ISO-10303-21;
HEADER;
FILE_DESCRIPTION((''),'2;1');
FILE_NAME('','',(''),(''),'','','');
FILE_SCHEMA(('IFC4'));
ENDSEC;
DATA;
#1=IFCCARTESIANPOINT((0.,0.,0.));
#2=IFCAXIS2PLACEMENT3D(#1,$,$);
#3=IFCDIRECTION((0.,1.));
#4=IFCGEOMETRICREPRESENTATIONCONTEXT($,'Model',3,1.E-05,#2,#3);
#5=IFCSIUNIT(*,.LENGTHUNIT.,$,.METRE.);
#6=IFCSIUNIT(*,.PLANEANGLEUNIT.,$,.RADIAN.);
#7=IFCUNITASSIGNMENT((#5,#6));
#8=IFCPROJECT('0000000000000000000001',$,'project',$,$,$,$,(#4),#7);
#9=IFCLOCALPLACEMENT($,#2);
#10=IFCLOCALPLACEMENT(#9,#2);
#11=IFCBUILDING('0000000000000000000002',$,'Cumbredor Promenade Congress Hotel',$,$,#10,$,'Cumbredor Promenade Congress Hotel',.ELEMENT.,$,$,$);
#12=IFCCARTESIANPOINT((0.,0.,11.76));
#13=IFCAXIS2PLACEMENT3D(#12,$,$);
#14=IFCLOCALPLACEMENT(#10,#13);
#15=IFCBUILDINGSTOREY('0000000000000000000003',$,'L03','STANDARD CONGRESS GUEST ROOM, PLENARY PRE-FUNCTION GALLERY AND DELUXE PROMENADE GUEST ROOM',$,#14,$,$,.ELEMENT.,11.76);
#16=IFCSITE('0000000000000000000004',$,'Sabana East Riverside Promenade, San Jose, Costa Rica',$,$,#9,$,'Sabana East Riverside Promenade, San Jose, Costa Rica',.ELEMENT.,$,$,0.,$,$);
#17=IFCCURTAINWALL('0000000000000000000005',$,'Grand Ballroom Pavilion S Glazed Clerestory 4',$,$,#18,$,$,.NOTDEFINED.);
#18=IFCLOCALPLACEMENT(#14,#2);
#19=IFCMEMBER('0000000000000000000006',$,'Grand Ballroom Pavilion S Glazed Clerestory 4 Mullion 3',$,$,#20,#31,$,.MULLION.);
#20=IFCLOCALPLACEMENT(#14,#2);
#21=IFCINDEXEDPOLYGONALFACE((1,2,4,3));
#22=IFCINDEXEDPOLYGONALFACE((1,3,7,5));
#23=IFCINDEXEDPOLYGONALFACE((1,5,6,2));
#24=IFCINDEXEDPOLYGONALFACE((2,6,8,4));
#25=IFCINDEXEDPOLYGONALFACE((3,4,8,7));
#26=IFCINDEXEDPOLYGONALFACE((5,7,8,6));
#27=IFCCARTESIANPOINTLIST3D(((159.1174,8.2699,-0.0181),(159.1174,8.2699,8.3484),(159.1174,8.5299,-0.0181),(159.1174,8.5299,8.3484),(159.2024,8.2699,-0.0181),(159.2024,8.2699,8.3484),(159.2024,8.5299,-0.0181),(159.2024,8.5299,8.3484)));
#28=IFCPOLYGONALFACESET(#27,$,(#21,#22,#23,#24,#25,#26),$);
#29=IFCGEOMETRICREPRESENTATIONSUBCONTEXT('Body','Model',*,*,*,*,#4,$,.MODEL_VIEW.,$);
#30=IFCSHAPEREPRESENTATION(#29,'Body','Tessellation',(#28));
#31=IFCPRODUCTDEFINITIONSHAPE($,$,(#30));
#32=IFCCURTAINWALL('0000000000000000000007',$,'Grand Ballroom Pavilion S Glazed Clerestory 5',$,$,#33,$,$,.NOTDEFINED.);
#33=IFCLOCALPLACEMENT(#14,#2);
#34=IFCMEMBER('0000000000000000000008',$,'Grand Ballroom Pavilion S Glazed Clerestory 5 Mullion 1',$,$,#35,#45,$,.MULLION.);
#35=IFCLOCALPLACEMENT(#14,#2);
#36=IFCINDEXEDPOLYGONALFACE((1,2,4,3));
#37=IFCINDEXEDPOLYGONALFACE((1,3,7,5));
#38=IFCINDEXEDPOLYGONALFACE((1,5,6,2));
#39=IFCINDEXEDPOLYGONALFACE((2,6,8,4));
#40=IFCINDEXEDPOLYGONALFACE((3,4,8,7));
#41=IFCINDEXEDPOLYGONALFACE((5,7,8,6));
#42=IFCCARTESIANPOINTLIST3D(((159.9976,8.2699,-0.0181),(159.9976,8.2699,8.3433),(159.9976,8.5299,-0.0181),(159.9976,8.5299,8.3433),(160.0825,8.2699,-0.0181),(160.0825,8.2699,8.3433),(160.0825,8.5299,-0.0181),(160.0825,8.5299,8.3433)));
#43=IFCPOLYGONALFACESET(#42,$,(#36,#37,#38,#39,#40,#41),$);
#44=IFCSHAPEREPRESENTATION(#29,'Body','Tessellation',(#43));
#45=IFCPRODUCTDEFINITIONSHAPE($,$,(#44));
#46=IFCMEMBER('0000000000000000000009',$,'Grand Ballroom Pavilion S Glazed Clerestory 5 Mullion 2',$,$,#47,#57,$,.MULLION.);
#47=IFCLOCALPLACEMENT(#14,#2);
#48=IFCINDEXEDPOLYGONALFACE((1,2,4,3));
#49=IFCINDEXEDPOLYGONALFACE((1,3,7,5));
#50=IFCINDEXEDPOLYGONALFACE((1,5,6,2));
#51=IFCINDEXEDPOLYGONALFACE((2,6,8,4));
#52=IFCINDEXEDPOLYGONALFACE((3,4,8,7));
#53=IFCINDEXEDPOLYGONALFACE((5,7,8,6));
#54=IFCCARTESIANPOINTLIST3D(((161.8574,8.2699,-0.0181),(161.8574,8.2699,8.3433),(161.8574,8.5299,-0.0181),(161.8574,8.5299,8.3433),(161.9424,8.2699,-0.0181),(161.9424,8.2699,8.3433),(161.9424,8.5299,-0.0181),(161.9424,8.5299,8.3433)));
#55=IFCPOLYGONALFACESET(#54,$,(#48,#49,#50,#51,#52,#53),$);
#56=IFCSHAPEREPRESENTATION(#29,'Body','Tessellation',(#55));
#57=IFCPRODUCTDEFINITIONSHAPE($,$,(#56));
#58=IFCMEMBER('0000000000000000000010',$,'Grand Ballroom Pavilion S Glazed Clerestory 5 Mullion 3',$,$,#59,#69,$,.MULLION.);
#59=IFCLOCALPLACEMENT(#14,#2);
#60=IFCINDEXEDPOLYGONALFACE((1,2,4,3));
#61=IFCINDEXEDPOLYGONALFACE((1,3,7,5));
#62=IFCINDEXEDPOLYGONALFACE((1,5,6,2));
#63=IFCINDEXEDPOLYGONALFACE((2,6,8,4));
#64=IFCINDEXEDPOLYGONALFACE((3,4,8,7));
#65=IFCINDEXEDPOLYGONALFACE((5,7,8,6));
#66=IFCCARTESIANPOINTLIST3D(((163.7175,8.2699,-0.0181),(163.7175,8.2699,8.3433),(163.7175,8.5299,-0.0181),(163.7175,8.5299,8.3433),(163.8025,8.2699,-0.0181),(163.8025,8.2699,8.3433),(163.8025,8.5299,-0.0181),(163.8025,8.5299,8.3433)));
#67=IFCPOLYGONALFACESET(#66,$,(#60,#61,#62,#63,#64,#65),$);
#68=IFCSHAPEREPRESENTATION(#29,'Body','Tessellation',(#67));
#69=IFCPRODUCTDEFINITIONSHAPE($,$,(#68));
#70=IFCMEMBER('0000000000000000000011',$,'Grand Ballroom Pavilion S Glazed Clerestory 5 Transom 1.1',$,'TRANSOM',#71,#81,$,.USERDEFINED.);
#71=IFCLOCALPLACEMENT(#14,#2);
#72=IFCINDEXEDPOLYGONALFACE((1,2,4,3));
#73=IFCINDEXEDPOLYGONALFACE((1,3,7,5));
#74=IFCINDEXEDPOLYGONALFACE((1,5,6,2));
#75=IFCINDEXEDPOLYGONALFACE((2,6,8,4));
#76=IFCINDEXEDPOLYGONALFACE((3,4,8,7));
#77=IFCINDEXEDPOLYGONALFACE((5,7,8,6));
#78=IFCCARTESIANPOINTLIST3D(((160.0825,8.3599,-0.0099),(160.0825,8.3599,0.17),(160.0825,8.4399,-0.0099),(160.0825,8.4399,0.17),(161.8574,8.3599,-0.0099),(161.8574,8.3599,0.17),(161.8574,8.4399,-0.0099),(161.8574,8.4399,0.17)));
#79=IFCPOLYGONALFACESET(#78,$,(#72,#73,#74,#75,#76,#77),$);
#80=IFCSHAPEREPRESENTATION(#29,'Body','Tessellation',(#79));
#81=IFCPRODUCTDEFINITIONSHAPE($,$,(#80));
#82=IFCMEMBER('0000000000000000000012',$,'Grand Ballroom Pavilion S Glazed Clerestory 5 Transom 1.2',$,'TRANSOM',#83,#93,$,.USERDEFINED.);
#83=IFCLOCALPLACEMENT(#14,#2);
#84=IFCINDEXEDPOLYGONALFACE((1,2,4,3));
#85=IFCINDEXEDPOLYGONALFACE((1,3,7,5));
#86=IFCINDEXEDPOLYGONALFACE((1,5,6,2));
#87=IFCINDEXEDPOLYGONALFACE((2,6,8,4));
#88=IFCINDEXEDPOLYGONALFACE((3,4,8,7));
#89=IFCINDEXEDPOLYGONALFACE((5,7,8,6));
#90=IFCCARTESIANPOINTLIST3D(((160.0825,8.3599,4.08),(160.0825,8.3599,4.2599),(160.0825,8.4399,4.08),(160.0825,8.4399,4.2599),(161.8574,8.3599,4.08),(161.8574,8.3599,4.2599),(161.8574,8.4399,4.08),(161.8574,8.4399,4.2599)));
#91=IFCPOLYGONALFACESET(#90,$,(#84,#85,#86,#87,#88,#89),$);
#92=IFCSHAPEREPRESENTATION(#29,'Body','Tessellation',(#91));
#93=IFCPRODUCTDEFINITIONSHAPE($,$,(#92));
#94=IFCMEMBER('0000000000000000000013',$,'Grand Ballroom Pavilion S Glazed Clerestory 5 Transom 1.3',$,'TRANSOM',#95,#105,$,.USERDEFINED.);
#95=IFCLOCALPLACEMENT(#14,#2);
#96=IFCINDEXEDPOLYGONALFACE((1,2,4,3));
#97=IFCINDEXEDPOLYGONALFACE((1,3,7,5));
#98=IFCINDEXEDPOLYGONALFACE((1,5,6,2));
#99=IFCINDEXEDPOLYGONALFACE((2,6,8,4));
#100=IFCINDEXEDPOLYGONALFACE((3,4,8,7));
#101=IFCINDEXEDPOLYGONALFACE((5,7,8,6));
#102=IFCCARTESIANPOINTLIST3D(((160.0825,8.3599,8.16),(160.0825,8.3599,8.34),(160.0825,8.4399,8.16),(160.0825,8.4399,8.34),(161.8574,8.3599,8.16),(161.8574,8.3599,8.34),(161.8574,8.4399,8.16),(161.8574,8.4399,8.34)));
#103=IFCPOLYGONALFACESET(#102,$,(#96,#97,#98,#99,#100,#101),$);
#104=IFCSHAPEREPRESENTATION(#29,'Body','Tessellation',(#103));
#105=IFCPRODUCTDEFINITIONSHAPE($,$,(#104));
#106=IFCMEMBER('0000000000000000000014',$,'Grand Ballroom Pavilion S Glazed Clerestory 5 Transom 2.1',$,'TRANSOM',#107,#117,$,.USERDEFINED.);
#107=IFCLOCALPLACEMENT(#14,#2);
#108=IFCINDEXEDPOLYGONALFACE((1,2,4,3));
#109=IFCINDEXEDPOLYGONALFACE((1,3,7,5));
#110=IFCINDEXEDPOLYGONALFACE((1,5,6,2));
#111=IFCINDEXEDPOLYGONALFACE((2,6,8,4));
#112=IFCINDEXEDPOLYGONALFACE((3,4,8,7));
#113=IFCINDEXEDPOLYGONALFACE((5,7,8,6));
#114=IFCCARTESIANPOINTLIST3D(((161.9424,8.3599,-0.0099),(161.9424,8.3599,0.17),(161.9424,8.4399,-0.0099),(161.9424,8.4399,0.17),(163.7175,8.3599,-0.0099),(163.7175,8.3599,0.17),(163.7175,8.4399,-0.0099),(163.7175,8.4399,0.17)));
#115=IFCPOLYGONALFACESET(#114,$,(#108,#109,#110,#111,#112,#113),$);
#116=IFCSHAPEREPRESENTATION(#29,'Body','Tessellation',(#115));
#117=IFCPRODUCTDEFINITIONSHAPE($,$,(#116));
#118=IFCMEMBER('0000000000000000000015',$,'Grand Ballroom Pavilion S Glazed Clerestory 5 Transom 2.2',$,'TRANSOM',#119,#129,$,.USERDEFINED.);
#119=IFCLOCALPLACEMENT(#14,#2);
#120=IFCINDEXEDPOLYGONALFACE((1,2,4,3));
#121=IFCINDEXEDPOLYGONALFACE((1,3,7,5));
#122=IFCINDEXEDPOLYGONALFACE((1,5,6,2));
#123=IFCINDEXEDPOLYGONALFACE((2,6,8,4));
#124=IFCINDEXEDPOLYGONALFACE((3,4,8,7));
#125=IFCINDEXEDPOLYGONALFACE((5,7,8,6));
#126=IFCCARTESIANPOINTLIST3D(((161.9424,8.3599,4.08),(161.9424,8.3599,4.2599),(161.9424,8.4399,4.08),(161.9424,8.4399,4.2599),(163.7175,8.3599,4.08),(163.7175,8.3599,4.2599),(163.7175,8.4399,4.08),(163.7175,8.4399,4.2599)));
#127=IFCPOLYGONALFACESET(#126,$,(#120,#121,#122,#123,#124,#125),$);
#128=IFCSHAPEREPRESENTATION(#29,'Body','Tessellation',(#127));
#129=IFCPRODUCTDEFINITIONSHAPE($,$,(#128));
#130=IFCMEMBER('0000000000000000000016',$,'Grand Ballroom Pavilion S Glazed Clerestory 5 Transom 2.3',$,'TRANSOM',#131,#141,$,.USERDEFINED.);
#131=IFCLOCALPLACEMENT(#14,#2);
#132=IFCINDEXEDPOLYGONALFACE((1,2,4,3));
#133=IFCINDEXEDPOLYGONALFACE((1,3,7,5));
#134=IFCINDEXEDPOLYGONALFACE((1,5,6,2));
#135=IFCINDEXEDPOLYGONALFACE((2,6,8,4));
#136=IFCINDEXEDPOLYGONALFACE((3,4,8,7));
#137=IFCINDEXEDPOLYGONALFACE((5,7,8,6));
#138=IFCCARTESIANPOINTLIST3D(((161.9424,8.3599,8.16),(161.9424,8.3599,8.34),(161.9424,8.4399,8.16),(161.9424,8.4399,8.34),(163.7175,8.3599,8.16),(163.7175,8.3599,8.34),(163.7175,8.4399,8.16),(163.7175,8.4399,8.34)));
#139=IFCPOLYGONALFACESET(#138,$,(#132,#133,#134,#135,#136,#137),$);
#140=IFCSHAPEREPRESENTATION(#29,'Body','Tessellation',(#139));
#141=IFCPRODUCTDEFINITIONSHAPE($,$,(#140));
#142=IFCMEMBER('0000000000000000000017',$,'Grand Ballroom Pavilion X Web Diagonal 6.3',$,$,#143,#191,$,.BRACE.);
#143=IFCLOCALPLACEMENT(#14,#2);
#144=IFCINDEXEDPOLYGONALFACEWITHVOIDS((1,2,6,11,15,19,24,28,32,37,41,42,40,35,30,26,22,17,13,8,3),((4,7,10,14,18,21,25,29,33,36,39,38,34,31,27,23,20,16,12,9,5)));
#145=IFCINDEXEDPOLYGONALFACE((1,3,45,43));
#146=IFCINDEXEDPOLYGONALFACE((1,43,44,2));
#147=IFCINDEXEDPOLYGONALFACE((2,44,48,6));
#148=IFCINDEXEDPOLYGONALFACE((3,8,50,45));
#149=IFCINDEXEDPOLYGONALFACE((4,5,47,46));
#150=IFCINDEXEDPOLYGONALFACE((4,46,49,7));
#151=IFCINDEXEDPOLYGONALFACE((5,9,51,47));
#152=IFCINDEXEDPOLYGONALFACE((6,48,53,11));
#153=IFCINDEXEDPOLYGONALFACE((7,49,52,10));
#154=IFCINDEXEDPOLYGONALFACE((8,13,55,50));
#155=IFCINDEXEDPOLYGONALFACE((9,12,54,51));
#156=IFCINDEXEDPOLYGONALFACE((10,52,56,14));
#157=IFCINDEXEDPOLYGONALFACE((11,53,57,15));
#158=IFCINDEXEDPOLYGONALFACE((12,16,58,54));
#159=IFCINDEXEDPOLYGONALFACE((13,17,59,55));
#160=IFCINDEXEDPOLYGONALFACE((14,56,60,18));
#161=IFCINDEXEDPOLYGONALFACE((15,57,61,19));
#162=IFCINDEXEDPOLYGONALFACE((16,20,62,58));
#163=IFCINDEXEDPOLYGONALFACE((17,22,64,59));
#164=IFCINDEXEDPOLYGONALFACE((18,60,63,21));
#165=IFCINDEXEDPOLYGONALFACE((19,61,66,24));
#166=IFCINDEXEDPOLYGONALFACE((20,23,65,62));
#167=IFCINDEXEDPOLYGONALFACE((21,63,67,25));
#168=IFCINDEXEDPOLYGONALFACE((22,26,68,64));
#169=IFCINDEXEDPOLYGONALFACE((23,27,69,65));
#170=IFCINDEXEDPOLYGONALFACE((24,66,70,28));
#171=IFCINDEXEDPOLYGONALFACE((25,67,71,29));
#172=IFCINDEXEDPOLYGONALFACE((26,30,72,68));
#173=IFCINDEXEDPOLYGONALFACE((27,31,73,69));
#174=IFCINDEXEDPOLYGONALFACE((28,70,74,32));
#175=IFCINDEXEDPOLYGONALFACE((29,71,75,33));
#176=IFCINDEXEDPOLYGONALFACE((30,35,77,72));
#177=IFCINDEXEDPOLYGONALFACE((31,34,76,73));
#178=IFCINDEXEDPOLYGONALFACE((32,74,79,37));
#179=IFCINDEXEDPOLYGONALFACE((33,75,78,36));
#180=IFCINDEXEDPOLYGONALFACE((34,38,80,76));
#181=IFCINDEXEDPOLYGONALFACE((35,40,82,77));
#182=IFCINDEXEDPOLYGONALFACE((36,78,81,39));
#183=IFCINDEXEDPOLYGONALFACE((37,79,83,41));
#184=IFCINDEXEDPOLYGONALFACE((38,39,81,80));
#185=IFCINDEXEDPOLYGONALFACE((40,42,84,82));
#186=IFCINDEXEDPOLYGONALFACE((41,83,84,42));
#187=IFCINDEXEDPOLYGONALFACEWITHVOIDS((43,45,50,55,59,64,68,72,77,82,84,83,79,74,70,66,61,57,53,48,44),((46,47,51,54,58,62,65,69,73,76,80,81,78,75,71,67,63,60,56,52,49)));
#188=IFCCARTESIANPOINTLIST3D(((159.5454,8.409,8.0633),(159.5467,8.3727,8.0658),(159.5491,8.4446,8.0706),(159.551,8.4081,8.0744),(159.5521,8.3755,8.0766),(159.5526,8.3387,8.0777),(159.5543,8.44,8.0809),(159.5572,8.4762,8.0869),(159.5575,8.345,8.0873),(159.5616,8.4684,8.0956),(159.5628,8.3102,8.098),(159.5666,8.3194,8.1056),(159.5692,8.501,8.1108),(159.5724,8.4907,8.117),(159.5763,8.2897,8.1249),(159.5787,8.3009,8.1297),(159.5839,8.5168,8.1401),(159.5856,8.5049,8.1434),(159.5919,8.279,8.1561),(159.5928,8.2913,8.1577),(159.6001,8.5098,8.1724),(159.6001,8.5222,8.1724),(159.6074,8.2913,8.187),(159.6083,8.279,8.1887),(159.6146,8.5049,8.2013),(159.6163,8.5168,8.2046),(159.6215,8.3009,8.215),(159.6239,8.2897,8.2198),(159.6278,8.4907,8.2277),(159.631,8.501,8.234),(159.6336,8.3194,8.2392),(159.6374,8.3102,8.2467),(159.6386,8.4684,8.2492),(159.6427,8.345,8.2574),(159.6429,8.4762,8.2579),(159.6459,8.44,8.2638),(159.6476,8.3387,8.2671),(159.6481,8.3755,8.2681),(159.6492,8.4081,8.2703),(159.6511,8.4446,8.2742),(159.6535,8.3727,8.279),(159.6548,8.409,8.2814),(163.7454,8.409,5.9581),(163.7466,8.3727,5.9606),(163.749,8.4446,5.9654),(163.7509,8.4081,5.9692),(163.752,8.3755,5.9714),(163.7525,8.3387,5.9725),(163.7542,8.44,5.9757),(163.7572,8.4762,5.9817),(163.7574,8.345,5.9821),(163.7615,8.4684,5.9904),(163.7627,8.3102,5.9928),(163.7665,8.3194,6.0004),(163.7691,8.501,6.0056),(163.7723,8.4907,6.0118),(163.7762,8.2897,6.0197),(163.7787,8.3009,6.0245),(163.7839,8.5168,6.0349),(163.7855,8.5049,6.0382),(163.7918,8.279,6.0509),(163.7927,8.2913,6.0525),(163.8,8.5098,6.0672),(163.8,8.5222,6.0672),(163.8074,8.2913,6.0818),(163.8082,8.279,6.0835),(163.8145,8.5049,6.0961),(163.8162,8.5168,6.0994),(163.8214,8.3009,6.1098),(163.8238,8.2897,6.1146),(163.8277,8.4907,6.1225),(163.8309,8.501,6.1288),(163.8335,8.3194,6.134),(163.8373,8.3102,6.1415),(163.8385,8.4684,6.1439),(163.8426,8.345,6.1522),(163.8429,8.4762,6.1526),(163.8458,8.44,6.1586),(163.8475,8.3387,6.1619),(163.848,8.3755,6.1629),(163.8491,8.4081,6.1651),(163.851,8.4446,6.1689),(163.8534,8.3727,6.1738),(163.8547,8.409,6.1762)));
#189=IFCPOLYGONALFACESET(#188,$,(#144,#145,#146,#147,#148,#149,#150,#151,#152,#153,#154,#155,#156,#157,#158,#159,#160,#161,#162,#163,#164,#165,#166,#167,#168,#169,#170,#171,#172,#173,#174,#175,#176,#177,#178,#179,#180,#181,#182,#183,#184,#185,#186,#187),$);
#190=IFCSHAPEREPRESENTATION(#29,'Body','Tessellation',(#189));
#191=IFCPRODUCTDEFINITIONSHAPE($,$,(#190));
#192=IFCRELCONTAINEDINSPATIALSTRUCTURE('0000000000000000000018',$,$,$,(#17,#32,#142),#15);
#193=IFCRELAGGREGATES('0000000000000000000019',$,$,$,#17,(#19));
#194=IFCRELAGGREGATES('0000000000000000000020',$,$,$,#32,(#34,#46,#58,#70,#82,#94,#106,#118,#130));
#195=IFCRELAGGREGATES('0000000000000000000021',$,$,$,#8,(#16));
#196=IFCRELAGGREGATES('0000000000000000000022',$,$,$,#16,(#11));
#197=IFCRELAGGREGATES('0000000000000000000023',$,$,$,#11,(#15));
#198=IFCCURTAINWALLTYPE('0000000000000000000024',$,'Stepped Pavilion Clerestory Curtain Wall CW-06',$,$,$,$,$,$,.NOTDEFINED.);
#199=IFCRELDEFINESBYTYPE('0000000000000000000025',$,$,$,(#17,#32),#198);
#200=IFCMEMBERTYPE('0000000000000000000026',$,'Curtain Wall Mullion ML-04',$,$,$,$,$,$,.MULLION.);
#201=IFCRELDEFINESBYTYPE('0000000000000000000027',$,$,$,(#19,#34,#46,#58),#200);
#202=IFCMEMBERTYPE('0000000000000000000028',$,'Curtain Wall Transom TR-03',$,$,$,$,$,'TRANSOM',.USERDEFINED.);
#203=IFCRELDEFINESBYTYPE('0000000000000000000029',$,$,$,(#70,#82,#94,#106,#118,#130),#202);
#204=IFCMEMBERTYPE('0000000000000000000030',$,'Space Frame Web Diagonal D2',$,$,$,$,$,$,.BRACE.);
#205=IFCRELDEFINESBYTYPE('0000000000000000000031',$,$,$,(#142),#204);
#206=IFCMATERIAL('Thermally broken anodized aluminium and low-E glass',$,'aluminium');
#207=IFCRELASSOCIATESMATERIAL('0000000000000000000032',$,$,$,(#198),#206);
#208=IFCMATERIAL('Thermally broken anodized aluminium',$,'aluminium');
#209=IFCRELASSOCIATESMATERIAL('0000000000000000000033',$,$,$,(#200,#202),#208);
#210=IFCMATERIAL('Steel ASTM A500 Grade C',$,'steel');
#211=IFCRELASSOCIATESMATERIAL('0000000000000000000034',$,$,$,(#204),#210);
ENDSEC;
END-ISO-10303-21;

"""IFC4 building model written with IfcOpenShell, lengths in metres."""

from ifc_helpers import new_model, si_unit, direction, frame, origin, origin_2d, place, context, subcontext, project, spatial, rectangle, hollow_circle, extrude, material, material_profile, profile_set, type_object, element, aggregate, save


model = new_model("IFC4")

# Units and contexts
model_context = context("Model", 3, precision=1e-05, world=origin(), true_north=direction((0.0, 1.0)))
body_context = subcontext(model_context, "Body", "Model", "MODEL_VIEW")
ifc_project = project(units=[si_unit("LENGTHUNIT", "METRE"), si_unit("PLANEANGLEUNIT", "RADIAN")], contexts=[model_context])

# Site, building, storey
site_placement = place(None, origin())
site = spatial("IfcSite", under=ifc_project, at=site_placement, Name="Sabana East Riverside Promenade, San Jose, Costa Rica", LongName="Sabana East Riverside Promenade, San Jose, Costa Rica", CompositionType="ELEMENT", RefElevation=0.0)
building_placement = place(site_placement, origin())
building = spatial("IfcBuilding", under=site, at=building_placement, Name="Cumbredor Promenade Congress Hotel", LongName="Cumbredor Promenade Congress Hotel", CompositionType="ELEMENT")
storey_placement = place(building_placement, frame((0.0, 0.0, 11.76)))
storey = spatial("IfcBuildingStorey", under=building, at=storey_placement, Name="L03", Description="STANDARD CONGRESS GUEST ROOM, PLENARY PRE-FUNCTION GALLERY AND DELUXE PROMENADE GUEST ROOM", CompositionType="ELEMENT", Elevation=11.76)

# Shared definitions
ifc_material_1 = material(Name="Steel ASTM A500 Grade C", Category="steel")

# Curtain wall, member
ifc_material_2 = material(Name="Thermally broken anodized aluminium and low-E glass", Category="aluminium")
curtain_wall_type = type_object("IfcCurtainWallType", Name="Stepped Pavilion Clerestory Curtain Wall CW-06", PredefinedType="NOTDEFINED", material=ifc_material_2)
curtain_wall_1_placement = place(storey_placement, origin())
curtain_wall_1 = element("IfcCurtainWall", 1, at=curtain_wall_1_placement, inside=storey, type_object=curtain_wall_type, Name="Grand Ballroom Pavilion S Glazed Clerestory 4", PredefinedType="NOTDEFINED")
ifc_material_3 = material(Name="Thermally broken anodized aluminium", Category="aluminium")
ifc_material_profile_1 = material_profile(ifc_material_3, rectangle(XDim=0.085, YDim=0.26, at=origin_2d()), Name="ALU MULLION CLERESTORY 85x260")
ifc_profile_set_1 = profile_set([ifc_material_profile_1], Name="Thermally broken anodized aluminium")
member_type_1 = type_object("IfcMemberType", Name="Curtain Wall Mullion ML-04", PredefinedType="MULLION", material=ifc_profile_set_1)
member_1_placement = place(storey_placement, frame((159.1599, 8.3999, -0.0181), z_axis=(0.0, 0.0, 1.0), x_axis=(1.0, 0.0, 0.0)))
member_1 = element("IfcMember", 2, at=member_1_placement, type_object=member_type_1, Name="Grand Ballroom Pavilion S Glazed Clerestory 4 Mullion 3", PredefinedType="MULLION", context=body_context, shape_type="SweptSolid", body=[
    extrude(rectangle(XDim=0.085, YDim=0.26, at=origin_2d()), origin(), (0.0, 0.0, 1.0), 8.3665),
])
aggregate(curtain_wall_1, [member_1])

# Curtain wall, members
curtain_wall_2_placement = place(storey_placement, origin())
curtain_wall_2 = element("IfcCurtainWall", 3, at=curtain_wall_2_placement, inside=storey, type_object=curtain_wall_type, Name="Grand Ballroom Pavilion S Glazed Clerestory 5", PredefinedType="NOTDEFINED")
member_2_placement = place(storey_placement, frame((160.04, 8.3999, -0.0181), z_axis=(0.0, 0.0, 1.0), x_axis=(1.0, 0.0, 0.0)))
member_2 = element("IfcMember", 4, at=member_2_placement, type_object=member_type_1, Name="Grand Ballroom Pavilion S Glazed Clerestory 5 Mullion 1", PredefinedType="MULLION", context=body_context, shape_type="SweptSolid", body=[
    extrude(rectangle(XDim=0.085, YDim=0.26, at=origin_2d()), origin(), (0.0, 0.0, 1.0), 8.3613),
])
member_3_placement = place(storey_placement, frame((161.8999, 8.3999, -0.0181), z_axis=(0.0, 0.0, 1.0), x_axis=(1.0, 0.0, 0.0)))
member_3 = element("IfcMember", 5, at=member_3_placement, type_object=member_type_1, Name="Grand Ballroom Pavilion S Glazed Clerestory 5 Mullion 2", PredefinedType="MULLION", context=body_context, shape_type="SweptSolid", body=[
    extrude(rectangle(XDim=0.085, YDim=0.26, at=origin_2d()), origin(), (0.0, 0.0, 1.0), 8.3613),
])
member_4_placement = place(storey_placement, frame((163.76, 8.3999, -0.0181), z_axis=(0.0, 0.0, 1.0), x_axis=(1.0, 0.0, 0.0)))
member_4 = element("IfcMember", 6, at=member_4_placement, type_object=member_type_1, Name="Grand Ballroom Pavilion S Glazed Clerestory 5 Mullion 3", PredefinedType="MULLION", context=body_context, shape_type="SweptSolid", body=[
    extrude(rectangle(XDim=0.085, YDim=0.26, at=origin_2d()), origin(), (0.0, 0.0, 1.0), 8.3613),
])
ifc_material_profile_2 = material_profile(ifc_material_3, rectangle(XDim=0.0801, YDim=0.1799, at=origin_2d()), Name="ALU TRANSOM 80x180")
ifc_profile_set_2 = profile_set([ifc_material_profile_2], Name="Thermally broken anodized aluminium")
member_type_2 = type_object("IfcMemberType", Name="Curtain Wall Transom TR-03", ElementType="TRANSOM", PredefinedType="USERDEFINED", material=ifc_profile_set_2)
member_5_placement = place(storey_placement, frame((160.0825, 8.3999, 0.0801), z_axis=(1.0, 0.0, 0.0), x_axis=(0.0, 1.0, 0.0)))
member_5 = element("IfcMember", 7, at=member_5_placement, type_object=member_type_2, Name="Grand Ballroom Pavilion S Glazed Clerestory 5 Transom 1.1", ObjectType="TRANSOM", PredefinedType="USERDEFINED", context=body_context, shape_type="SweptSolid", body=[
    extrude(rectangle(XDim=0.0801, YDim=0.1799, at=origin_2d()), origin(), (0.0, 0.0, 1.0), 1.7749),
])
member_6_placement = place(storey_placement, frame((160.0825, 8.3999, 4.1699), z_axis=(1.0, 0.0, 0.0), x_axis=(0.0, 1.0, 0.0)))
member_6 = element("IfcMember", 8, at=member_6_placement, type_object=member_type_2, Name="Grand Ballroom Pavilion S Glazed Clerestory 5 Transom 1.2", ObjectType="TRANSOM", PredefinedType="USERDEFINED", context=body_context, shape_type="SweptSolid", body=[
    extrude(rectangle(XDim=0.0801, YDim=0.1799, at=origin_2d()), origin(), (0.0, 0.0, 1.0), 1.7749),
])
member_7_placement = place(storey_placement, frame((160.0825, 8.3999, 8.25), z_axis=(1.0, 0.0, 0.0), x_axis=(0.0, 1.0, 0.0)))
member_7 = element("IfcMember", 9, at=member_7_placement, type_object=member_type_2, Name="Grand Ballroom Pavilion S Glazed Clerestory 5 Transom 1.3", ObjectType="TRANSOM", PredefinedType="USERDEFINED", context=body_context, shape_type="SweptSolid", body=[
    extrude(rectangle(XDim=0.0801, YDim=0.1799, at=origin_2d()), origin(), (0.0, 0.0, 1.0), 1.7749),
])
member_8_placement = place(storey_placement, frame((161.9424, 8.3999, 0.0801), z_axis=(1.0, 0.0, 0.0), x_axis=(0.0, 1.0, 0.0)))
member_8 = element("IfcMember", 10, at=member_8_placement, type_object=member_type_2, Name="Grand Ballroom Pavilion S Glazed Clerestory 5 Transom 2.1", ObjectType="TRANSOM", PredefinedType="USERDEFINED", context=body_context, shape_type="SweptSolid", body=[
    extrude(rectangle(XDim=0.0801, YDim=0.1799, at=origin_2d()), origin(), (0.0, 0.0, 1.0), 1.7751),
])
member_9_placement = place(storey_placement, frame((161.9424, 8.3999, 4.1699), z_axis=(1.0, 0.0, 0.0), x_axis=(0.0, 1.0, 0.0)))
member_9 = element("IfcMember", 11, at=member_9_placement, type_object=member_type_2, Name="Grand Ballroom Pavilion S Glazed Clerestory 5 Transom 2.2", ObjectType="TRANSOM", PredefinedType="USERDEFINED", context=body_context, shape_type="SweptSolid", body=[
    extrude(rectangle(XDim=0.0801, YDim=0.1799, at=origin_2d()), origin(), (0.0, 0.0, 1.0), 1.7751),
])
member_10_placement = place(storey_placement, frame((161.9424, 8.3999, 8.25), z_axis=(1.0, 0.0, 0.0), x_axis=(0.0, 1.0, 0.0)))
member_10 = element("IfcMember", 12, at=member_10_placement, type_object=member_type_2, Name="Grand Ballroom Pavilion S Glazed Clerestory 5 Transom 2.3", ObjectType="TRANSOM", PredefinedType="USERDEFINED", context=body_context, shape_type="SweptSolid", body=[
    extrude(rectangle(XDim=0.0801, YDim=0.1799, at=origin_2d()), origin(), (0.0, 0.0, 1.0), 1.7751),
])

# Member
ifc_material_profile_3 = material_profile(ifc_material_1, hollow_circle(Radius=0.1223, WallThickness=0.0125, at=origin_2d()), Name="CHS 244.5x12.5")
ifc_profile_set_3 = profile_set([ifc_material_profile_3], Name="Steel ASTM A500 Grade C")
member_type_3 = type_object("IfcMemberType", Name="Space Frame Web Diagonal D2", PredefinedType="BRACE", material=ifc_profile_set_3)
member_11_placement = place(storey_placement, frame((159.6001, 8.3999, 8.1724), z_axis=(0.89398, 0.0, -0.448107), x_axis=(0.0, 1.0, 0.0)))
element("IfcMember", 13, at=member_11_placement, inside=storey, type_object=member_type_3, Name="Grand Ballroom Pavilion X Web Diagonal 6.3", PredefinedType="BRACE", context=body_context, shape_type="SweptSolid", body=[
    extrude(hollow_circle(Radius=0.1223, WallThickness=0.0125, at=origin_2d()), origin(), (0.0, 0.0, 1.0), 4.698),
])

aggregate(curtain_wall_2, [member_2, member_3, member_4, member_5, member_6, member_7, member_8, member_9, member_10])

save(model, "model.ifc")
